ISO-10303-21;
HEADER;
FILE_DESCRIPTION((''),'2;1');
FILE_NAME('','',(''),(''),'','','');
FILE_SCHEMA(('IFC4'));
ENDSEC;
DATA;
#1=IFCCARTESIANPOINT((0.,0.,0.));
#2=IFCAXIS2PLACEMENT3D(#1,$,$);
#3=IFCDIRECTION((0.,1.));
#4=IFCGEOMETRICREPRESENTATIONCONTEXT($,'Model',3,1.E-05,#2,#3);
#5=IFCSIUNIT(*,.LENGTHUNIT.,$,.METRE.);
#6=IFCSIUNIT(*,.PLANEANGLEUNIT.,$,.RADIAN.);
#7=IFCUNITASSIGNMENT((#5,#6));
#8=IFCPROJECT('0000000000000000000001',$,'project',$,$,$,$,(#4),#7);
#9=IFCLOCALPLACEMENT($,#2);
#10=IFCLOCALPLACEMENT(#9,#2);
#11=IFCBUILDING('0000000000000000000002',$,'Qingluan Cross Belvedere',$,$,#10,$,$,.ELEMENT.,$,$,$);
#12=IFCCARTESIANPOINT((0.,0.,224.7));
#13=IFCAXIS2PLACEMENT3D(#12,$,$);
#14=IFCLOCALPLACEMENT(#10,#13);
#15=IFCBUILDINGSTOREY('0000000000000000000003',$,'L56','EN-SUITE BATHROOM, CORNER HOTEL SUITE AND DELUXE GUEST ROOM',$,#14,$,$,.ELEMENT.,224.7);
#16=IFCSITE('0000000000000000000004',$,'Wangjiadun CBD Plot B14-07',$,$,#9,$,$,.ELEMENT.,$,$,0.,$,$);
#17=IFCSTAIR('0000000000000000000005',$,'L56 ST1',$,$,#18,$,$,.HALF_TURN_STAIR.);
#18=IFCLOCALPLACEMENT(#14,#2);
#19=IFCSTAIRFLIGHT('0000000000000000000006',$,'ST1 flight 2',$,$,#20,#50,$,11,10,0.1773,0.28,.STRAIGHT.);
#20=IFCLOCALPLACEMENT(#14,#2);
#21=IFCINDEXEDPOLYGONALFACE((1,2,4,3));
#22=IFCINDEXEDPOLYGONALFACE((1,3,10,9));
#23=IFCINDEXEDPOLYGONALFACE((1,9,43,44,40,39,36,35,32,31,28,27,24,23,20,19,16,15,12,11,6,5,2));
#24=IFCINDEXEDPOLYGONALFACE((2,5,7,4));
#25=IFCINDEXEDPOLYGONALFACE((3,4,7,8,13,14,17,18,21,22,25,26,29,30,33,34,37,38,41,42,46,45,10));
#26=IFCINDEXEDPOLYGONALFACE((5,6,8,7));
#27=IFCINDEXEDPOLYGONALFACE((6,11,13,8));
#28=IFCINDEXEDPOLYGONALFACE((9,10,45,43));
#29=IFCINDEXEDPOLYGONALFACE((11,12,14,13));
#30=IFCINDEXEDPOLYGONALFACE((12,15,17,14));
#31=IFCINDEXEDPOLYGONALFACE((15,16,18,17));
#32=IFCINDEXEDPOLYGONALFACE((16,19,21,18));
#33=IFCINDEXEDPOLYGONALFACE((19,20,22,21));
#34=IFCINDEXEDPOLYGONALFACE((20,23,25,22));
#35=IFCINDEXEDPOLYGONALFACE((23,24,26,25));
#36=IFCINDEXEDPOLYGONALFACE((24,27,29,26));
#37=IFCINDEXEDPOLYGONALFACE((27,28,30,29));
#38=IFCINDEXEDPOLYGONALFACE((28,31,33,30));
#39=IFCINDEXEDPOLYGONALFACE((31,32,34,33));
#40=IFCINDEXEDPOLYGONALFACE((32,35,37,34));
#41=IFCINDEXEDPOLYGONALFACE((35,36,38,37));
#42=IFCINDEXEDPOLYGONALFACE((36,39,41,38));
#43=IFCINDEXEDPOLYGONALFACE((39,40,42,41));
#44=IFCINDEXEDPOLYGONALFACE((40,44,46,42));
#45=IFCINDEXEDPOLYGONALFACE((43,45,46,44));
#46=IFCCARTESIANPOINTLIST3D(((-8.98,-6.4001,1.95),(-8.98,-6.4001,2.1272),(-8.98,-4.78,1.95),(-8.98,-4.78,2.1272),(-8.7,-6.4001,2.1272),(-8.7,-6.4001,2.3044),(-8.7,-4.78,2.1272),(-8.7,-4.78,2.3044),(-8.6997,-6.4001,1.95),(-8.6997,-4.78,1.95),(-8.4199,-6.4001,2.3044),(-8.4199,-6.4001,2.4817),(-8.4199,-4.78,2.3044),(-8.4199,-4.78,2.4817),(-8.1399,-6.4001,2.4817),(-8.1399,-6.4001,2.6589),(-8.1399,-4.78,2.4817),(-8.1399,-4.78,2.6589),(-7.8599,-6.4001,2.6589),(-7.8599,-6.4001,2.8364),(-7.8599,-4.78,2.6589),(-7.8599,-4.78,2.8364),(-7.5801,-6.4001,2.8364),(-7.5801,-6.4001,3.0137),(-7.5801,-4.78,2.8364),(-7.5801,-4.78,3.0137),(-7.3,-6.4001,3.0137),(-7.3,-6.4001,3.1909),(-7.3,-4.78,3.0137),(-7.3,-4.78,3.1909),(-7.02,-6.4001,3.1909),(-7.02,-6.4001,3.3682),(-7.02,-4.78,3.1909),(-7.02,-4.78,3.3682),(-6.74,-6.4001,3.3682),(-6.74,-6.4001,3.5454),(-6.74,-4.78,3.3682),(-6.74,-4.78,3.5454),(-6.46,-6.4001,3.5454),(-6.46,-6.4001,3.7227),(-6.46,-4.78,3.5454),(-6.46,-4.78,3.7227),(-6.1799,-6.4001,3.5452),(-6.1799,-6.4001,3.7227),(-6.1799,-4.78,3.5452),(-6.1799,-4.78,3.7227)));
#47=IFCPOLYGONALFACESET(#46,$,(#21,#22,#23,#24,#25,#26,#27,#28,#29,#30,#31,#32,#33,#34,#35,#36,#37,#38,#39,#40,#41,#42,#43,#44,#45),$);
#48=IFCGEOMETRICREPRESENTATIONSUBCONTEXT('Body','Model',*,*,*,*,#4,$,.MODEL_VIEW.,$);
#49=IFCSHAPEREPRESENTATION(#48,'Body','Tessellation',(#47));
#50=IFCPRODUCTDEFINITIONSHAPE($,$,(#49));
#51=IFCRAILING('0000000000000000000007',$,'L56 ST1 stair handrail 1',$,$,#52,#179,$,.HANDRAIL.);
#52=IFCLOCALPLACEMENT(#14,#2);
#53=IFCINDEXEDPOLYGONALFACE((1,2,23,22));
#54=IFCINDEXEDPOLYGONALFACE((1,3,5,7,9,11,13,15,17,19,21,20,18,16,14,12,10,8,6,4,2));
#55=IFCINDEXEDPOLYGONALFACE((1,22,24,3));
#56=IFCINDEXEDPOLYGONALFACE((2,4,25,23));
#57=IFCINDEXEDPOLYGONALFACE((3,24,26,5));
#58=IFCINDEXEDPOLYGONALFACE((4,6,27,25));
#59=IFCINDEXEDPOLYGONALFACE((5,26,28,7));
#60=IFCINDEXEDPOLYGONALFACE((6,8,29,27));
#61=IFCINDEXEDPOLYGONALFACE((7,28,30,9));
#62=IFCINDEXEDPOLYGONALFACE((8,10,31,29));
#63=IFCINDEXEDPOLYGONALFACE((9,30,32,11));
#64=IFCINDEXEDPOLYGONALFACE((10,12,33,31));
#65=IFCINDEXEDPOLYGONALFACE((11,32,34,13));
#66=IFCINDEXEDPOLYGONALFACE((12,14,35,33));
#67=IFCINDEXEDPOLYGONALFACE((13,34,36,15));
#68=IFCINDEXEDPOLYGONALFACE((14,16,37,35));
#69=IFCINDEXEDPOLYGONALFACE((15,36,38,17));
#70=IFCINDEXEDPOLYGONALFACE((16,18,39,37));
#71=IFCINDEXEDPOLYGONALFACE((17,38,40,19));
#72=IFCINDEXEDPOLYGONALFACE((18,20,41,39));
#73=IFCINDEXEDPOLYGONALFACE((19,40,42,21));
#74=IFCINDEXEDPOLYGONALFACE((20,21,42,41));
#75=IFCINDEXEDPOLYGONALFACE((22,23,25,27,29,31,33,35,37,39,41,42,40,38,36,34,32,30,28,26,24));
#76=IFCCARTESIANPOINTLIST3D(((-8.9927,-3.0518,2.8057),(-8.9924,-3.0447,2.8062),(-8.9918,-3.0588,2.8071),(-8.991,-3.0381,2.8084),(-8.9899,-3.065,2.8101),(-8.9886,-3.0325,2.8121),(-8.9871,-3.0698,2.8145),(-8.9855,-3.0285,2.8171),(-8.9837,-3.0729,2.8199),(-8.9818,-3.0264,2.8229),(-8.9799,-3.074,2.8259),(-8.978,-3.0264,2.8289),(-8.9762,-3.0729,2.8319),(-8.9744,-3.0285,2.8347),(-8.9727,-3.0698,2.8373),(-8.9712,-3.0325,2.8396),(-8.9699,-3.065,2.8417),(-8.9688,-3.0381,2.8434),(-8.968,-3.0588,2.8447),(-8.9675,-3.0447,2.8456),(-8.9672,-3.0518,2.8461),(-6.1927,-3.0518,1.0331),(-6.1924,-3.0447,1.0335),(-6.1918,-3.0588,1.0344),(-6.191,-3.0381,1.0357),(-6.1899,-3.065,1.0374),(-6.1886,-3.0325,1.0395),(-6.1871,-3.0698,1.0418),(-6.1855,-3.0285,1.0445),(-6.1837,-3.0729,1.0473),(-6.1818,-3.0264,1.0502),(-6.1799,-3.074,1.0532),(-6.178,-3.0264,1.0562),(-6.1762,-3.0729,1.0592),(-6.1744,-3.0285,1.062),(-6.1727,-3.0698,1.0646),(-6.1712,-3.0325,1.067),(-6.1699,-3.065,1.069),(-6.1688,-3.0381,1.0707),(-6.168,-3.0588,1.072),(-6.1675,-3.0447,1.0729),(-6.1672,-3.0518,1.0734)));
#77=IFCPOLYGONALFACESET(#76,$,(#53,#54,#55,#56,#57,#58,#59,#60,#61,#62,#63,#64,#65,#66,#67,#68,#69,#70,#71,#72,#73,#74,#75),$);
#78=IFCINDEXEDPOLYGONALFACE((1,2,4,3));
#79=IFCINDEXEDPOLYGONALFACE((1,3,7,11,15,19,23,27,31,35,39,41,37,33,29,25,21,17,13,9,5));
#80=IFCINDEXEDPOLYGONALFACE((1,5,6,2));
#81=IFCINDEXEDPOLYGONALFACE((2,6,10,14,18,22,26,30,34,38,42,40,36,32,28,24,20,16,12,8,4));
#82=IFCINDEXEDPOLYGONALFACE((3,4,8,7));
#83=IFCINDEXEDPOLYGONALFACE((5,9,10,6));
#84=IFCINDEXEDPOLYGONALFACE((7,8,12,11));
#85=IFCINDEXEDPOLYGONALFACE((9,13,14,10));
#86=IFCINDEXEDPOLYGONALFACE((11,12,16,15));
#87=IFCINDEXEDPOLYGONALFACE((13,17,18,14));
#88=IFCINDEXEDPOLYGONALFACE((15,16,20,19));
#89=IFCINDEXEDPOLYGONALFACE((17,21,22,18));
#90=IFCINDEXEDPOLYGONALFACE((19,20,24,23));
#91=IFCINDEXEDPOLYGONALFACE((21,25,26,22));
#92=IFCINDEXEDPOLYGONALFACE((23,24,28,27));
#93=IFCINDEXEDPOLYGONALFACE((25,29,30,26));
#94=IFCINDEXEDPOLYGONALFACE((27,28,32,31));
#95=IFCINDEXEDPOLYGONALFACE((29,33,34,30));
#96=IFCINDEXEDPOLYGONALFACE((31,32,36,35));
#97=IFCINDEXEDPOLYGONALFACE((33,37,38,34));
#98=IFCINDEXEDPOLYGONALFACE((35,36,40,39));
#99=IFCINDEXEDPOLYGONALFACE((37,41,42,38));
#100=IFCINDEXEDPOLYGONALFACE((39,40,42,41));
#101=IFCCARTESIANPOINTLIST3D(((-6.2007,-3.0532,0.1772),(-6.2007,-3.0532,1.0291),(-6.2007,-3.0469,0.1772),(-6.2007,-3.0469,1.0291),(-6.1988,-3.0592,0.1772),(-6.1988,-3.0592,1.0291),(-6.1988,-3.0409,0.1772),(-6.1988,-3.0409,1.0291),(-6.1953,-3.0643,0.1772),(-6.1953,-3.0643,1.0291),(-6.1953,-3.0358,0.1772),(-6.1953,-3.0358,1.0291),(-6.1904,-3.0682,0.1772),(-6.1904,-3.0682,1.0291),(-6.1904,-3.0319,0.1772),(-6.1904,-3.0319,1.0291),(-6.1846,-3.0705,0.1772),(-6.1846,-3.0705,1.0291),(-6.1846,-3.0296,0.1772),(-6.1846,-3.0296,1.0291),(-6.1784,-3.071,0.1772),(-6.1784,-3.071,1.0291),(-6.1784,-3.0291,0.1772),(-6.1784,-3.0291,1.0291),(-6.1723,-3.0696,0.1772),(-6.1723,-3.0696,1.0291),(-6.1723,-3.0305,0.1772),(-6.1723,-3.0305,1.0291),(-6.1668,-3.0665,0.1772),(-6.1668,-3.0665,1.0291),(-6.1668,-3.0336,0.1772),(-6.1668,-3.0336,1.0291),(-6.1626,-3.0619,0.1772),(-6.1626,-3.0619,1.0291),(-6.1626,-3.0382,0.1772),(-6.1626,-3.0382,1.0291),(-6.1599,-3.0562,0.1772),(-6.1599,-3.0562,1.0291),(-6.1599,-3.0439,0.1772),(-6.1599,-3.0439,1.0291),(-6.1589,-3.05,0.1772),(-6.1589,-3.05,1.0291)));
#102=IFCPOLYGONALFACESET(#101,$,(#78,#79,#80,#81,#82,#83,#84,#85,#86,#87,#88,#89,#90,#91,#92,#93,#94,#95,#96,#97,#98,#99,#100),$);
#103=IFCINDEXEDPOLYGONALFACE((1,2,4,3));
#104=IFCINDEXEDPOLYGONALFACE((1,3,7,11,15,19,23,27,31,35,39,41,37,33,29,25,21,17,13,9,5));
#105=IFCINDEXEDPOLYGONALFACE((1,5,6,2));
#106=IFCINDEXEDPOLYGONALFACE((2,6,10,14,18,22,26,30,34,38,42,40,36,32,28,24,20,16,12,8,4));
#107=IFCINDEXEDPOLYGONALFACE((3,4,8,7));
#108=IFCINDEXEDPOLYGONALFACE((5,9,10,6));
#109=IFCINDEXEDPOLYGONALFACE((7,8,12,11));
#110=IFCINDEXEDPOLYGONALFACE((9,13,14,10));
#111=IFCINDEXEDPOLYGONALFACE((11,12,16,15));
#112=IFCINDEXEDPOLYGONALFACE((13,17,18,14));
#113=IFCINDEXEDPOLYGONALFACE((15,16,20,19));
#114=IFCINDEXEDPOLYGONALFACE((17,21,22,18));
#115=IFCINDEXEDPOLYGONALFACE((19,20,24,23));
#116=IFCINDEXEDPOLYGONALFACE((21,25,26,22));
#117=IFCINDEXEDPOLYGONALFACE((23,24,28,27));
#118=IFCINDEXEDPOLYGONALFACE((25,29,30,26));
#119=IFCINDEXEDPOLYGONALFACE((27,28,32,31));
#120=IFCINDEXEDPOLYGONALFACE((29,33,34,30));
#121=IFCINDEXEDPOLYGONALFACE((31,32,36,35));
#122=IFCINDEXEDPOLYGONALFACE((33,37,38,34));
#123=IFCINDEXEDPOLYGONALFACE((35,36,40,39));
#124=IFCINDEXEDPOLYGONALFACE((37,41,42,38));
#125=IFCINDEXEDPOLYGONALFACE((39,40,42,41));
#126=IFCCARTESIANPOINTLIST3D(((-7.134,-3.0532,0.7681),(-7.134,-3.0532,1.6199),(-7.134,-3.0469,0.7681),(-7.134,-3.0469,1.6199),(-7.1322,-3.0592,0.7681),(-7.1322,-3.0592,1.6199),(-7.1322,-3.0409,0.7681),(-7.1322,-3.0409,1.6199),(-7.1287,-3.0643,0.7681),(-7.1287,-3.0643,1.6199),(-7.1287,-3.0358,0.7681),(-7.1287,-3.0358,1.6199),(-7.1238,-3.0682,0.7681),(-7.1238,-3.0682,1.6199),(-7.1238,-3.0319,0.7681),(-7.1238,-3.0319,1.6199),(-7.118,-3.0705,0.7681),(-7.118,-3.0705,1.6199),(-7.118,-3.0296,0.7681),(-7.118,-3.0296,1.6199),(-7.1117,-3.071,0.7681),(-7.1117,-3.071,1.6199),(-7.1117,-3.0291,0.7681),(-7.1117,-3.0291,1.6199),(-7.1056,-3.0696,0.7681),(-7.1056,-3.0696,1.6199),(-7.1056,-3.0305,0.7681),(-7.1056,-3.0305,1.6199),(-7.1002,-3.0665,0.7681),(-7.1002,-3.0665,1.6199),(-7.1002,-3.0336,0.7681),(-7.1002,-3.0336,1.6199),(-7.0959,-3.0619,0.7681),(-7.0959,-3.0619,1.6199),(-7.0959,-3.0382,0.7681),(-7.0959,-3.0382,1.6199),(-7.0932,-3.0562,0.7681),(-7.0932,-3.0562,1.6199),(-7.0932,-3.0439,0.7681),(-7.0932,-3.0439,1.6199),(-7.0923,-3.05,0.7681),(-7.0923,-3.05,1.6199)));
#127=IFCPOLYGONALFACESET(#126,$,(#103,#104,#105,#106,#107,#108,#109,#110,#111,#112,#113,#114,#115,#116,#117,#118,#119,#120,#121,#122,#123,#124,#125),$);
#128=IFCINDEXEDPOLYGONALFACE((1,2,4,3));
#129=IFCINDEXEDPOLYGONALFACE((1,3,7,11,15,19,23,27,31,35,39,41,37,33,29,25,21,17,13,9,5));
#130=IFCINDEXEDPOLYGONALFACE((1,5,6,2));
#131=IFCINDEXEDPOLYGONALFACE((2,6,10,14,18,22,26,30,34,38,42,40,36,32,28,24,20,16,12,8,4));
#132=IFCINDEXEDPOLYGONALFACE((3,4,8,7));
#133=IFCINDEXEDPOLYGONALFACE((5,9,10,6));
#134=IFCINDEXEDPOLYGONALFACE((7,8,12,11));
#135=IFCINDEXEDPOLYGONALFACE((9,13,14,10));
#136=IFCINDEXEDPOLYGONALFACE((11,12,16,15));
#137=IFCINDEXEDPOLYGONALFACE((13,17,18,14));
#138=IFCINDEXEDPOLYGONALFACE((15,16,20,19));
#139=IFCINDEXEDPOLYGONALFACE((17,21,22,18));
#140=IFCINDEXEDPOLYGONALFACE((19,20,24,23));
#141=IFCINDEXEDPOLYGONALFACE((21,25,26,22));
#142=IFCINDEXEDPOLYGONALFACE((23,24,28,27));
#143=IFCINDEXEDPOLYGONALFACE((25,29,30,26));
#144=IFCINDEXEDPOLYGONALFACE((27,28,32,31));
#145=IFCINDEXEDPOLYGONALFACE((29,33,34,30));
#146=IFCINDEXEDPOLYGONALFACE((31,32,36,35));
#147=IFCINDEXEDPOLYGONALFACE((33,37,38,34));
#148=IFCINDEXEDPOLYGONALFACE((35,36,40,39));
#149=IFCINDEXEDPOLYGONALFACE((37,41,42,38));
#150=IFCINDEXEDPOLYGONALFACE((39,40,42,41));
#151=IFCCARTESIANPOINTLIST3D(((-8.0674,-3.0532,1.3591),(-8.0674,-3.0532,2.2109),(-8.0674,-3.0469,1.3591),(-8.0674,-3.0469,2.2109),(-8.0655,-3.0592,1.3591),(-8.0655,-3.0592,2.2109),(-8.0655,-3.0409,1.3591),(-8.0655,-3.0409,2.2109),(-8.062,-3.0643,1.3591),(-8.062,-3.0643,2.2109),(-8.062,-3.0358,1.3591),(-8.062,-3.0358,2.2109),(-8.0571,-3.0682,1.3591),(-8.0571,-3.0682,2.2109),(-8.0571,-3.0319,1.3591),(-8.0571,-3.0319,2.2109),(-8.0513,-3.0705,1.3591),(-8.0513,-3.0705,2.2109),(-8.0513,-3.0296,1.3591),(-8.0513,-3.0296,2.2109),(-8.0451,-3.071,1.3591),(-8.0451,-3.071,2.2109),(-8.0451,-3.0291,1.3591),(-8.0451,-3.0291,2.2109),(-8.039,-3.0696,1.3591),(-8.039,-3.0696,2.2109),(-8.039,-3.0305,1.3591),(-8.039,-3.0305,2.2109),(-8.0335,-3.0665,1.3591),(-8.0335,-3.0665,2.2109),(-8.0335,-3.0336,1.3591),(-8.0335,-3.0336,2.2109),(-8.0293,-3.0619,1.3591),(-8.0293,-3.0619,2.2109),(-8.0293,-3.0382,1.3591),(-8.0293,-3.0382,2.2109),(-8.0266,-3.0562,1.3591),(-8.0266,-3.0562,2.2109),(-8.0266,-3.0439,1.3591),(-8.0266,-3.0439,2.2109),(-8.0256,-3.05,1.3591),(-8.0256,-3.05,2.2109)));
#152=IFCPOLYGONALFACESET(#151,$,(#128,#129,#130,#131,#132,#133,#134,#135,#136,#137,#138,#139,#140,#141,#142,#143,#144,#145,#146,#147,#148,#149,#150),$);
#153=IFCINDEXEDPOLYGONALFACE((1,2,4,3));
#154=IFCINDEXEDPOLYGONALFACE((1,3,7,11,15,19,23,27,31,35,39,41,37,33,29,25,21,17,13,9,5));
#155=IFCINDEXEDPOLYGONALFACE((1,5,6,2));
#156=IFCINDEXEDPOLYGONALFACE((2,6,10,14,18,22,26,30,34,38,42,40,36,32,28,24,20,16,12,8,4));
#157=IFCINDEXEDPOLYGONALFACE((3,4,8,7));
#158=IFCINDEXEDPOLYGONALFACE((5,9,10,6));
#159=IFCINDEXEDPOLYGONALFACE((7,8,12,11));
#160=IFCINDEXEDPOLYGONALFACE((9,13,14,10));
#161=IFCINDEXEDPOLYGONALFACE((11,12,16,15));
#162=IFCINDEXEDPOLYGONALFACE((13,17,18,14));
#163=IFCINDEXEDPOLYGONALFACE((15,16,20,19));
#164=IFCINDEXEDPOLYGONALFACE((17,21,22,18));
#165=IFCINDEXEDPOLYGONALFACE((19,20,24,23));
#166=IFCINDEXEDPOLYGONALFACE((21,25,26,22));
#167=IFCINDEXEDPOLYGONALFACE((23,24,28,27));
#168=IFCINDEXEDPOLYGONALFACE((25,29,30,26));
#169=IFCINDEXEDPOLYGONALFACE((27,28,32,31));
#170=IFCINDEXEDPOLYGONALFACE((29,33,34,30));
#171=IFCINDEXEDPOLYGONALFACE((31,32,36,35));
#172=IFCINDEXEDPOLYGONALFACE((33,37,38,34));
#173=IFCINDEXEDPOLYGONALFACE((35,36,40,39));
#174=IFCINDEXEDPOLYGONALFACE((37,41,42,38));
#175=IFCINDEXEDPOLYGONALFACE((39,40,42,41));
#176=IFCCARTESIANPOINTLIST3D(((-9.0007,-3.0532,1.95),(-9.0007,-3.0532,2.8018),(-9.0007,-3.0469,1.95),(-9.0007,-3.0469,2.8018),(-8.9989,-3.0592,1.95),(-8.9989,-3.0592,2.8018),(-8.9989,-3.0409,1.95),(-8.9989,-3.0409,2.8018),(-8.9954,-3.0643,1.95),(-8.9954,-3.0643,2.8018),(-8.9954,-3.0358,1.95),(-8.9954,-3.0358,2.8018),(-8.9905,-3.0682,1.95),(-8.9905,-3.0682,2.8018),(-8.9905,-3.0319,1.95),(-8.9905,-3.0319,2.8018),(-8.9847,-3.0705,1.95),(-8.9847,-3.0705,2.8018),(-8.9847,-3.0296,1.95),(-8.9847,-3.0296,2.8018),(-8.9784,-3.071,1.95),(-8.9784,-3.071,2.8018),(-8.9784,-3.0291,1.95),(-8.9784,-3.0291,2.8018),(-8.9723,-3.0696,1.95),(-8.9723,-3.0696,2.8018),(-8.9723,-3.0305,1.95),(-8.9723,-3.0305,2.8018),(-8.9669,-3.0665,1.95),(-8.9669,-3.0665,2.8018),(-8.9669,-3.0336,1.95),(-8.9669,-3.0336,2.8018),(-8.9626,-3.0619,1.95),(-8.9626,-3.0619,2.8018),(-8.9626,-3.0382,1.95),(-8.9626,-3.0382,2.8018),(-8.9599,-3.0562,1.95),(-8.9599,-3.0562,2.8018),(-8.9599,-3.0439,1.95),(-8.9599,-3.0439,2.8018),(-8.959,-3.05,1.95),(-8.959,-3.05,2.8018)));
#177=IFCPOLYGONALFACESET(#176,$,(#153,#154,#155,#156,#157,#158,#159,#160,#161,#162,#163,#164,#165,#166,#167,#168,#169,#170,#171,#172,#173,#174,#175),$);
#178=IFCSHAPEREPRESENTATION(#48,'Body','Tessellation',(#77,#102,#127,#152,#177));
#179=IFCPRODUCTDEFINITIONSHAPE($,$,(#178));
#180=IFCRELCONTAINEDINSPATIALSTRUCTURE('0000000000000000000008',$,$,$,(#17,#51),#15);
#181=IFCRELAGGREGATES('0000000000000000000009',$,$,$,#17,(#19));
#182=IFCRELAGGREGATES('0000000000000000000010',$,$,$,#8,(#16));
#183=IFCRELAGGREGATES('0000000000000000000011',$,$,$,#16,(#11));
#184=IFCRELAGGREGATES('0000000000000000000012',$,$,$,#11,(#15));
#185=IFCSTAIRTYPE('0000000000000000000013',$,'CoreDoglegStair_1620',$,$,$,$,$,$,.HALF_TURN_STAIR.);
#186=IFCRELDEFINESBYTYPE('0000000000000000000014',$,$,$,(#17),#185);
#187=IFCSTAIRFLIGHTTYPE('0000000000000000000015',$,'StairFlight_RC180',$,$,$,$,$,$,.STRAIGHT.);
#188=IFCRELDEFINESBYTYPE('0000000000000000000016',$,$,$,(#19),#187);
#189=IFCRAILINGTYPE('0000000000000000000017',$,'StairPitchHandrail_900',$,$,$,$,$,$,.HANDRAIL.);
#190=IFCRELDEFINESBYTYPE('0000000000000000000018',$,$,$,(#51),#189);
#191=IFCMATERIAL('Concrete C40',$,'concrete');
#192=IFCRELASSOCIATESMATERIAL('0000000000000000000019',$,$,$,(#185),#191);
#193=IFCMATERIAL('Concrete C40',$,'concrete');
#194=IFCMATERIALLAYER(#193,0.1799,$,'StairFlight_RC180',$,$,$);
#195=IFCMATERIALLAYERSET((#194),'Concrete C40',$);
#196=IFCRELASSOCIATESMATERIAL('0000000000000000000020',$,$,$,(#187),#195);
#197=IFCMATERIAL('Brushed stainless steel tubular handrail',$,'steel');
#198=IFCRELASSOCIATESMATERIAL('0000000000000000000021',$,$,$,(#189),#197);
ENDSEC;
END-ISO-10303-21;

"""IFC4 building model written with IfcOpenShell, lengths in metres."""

from ifc_helpers import new_model, si_unit, direction, frame, origin, origin_2d, place, context, subcontext, project, spatial, polyline, circle, outline, extrude, material, layer, layer_set, type_object, element, aggregate, save


model = new_model("IFC4")

# Units and contexts
model_context = context("Model", 3, precision=1e-05, world=origin(), true_north=direction((0.0, 1.0)))
body_context = subcontext(model_context, "Body", "Model", "MODEL_VIEW")
ifc_project = project(units=[si_unit("LENGTHUNIT", "METRE"), si_unit("PLANEANGLEUNIT", "RADIAN")], contexts=[model_context])

# Site, building, storey
site_placement = place(None, origin())
site = spatial("IfcSite", under=ifc_project, at=site_placement, Name="Wangjiadun CBD Plot B14-07", CompositionType="ELEMENT", RefElevation=0.0)
building_placement = place(site_placement, origin())
building = spatial("IfcBuilding", under=site, at=building_placement, Name="Qingluan Cross Belvedere", CompositionType="ELEMENT")
storey_placement = place(building_placement, frame((0.0, 0.0, 224.7)))
storey = spatial("IfcBuildingStorey", under=building, at=storey_placement, Name="L56", Description="EN-SUITE BATHROOM, CORNER HOTEL SUITE AND DELUXE GUEST ROOM", CompositionType="ELEMENT", Elevation=224.7)

# Stair, stair flight
ifc_material_1 = material(Name="Concrete C40", Category="concrete")
stair_type = type_object("IfcStairType", Name="CoreDoglegStair_1620", PredefinedType="HALF_TURN_STAIR", material=ifc_material_1)
stair_placement = place(storey_placement, origin())
stair = element("IfcStair", 1, at=stair_placement, inside=storey, type_object=stair_type, Name="L56 ST1", PredefinedType="HALF_TURN_STAIR")
ifc_material_2 = material(Name="Concrete C40", Category="concrete")
ifc_layer_1 = layer(ifc_material_2, 0.1799, Name="StairFlight_RC180")
ifc_layer_set_1 = layer_set([ifc_layer_1], Name="Concrete C40")
stair_flight_type = type_object("IfcStairFlightType", Name="StairFlight_RC180", PredefinedType="STRAIGHT", material=ifc_layer_set_1)
stair_flight_1_placement = place(storey_placement, frame((-8.98, -5.5901, 1.95), z_axis=(0.0, 0.0, 1.0), x_axis=(1.0, 0.0, 0.0)))
stair_flight_1 = element("IfcStairFlight", 2, at=stair_flight_1_placement, type_object=stair_flight_type, Name="ST1 flight 2", NumberOfRisers=11, NumberOfTreads=10, PredefinedType="STRAIGHT", RiserHeight=0.1773, TreadLength=0.28, context=body_context, shape_type="SweptSolid", body=[
    extrude(outline(polyline([(0.0, 0.0), (0.0, 0.1772), (0.28, 0.1772), (0.28, 0.3545), (0.5601, 0.3545), (0.5601, 0.5317), (0.8401, 0.5317), (0.8401, 0.709), (1.1201, 0.709), (1.1201, 0.8865), (1.3999, 0.8865), (1.3999, 1.0637), (1.6799, 1.0637), (1.6799, 1.241), (1.96, 1.241), (1.96, 1.4182), (2.24, 1.4182), (2.24, 1.5955), (2.52, 1.5955), (2.52, 1.7727), (2.8, 1.7727), (2.8, 1.95), (2.8, 1.5952), (0.2803, 0.0), (0.0, 0.0)])), frame((0.0, 0.8101, 0.0), z_axis=(0.0, -1.0, 0.0), x_axis=(1.0, 0.0, 0.0)), (0.0, 0.0, 1.0), 1.6201),
])
aggregate(stair, [stair_flight_1])

# Railing
ifc_material_3 = material(Name="Brushed stainless steel tubular handrail", Category="steel")
railing_type_1 = type_object("IfcRailingType", Name="StairPitchHandrail_900", PredefinedType="HANDRAIL", material=ifc_material_3)
railing_1_placement = place(storey_placement, frame((-6.1799, -3.05, 0.1772)))
element("IfcRailing", 3, at=railing_1_placement, inside=storey, type_object=railing_type_1, Name="L56 ST1 stair handrail 1", PredefinedType="HANDRAIL", context=body_context, shape_type="SweptSolid", body=[
    extrude(circle(Radius=0.0239, at=origin_2d()), frame((0.0, 0.0, 0.876), z_axis=(-0.844909, 0.0, 0.53491), x_axis=(0.0, -1.0, 0.0)), (0.0, 0.0, 1.0), 3.314),
    extrude(circle(Radius=0.021, at=origin_2d()), origin(), (0.0, 0.0, 1.0), 0.8518),
    extrude(circle(Radius=0.021, at=origin_2d()), frame((-0.9333, 0.0, 0.5908)), (0.0, 0.0, 1.0), 0.8518),
    extrude(circle(Radius=0.021, at=origin_2d()), frame((-1.8667, 0.0, 1.1819)), (0.0, 0.0, 1.0), 0.8518),
    extrude(circle(Radius=0.021, at=origin_2d()), frame((-2.8, 0.0, 1.7727)), (0.0, 0.0, 1.0), 0.8518),
])

save(model, "model.ifc")
